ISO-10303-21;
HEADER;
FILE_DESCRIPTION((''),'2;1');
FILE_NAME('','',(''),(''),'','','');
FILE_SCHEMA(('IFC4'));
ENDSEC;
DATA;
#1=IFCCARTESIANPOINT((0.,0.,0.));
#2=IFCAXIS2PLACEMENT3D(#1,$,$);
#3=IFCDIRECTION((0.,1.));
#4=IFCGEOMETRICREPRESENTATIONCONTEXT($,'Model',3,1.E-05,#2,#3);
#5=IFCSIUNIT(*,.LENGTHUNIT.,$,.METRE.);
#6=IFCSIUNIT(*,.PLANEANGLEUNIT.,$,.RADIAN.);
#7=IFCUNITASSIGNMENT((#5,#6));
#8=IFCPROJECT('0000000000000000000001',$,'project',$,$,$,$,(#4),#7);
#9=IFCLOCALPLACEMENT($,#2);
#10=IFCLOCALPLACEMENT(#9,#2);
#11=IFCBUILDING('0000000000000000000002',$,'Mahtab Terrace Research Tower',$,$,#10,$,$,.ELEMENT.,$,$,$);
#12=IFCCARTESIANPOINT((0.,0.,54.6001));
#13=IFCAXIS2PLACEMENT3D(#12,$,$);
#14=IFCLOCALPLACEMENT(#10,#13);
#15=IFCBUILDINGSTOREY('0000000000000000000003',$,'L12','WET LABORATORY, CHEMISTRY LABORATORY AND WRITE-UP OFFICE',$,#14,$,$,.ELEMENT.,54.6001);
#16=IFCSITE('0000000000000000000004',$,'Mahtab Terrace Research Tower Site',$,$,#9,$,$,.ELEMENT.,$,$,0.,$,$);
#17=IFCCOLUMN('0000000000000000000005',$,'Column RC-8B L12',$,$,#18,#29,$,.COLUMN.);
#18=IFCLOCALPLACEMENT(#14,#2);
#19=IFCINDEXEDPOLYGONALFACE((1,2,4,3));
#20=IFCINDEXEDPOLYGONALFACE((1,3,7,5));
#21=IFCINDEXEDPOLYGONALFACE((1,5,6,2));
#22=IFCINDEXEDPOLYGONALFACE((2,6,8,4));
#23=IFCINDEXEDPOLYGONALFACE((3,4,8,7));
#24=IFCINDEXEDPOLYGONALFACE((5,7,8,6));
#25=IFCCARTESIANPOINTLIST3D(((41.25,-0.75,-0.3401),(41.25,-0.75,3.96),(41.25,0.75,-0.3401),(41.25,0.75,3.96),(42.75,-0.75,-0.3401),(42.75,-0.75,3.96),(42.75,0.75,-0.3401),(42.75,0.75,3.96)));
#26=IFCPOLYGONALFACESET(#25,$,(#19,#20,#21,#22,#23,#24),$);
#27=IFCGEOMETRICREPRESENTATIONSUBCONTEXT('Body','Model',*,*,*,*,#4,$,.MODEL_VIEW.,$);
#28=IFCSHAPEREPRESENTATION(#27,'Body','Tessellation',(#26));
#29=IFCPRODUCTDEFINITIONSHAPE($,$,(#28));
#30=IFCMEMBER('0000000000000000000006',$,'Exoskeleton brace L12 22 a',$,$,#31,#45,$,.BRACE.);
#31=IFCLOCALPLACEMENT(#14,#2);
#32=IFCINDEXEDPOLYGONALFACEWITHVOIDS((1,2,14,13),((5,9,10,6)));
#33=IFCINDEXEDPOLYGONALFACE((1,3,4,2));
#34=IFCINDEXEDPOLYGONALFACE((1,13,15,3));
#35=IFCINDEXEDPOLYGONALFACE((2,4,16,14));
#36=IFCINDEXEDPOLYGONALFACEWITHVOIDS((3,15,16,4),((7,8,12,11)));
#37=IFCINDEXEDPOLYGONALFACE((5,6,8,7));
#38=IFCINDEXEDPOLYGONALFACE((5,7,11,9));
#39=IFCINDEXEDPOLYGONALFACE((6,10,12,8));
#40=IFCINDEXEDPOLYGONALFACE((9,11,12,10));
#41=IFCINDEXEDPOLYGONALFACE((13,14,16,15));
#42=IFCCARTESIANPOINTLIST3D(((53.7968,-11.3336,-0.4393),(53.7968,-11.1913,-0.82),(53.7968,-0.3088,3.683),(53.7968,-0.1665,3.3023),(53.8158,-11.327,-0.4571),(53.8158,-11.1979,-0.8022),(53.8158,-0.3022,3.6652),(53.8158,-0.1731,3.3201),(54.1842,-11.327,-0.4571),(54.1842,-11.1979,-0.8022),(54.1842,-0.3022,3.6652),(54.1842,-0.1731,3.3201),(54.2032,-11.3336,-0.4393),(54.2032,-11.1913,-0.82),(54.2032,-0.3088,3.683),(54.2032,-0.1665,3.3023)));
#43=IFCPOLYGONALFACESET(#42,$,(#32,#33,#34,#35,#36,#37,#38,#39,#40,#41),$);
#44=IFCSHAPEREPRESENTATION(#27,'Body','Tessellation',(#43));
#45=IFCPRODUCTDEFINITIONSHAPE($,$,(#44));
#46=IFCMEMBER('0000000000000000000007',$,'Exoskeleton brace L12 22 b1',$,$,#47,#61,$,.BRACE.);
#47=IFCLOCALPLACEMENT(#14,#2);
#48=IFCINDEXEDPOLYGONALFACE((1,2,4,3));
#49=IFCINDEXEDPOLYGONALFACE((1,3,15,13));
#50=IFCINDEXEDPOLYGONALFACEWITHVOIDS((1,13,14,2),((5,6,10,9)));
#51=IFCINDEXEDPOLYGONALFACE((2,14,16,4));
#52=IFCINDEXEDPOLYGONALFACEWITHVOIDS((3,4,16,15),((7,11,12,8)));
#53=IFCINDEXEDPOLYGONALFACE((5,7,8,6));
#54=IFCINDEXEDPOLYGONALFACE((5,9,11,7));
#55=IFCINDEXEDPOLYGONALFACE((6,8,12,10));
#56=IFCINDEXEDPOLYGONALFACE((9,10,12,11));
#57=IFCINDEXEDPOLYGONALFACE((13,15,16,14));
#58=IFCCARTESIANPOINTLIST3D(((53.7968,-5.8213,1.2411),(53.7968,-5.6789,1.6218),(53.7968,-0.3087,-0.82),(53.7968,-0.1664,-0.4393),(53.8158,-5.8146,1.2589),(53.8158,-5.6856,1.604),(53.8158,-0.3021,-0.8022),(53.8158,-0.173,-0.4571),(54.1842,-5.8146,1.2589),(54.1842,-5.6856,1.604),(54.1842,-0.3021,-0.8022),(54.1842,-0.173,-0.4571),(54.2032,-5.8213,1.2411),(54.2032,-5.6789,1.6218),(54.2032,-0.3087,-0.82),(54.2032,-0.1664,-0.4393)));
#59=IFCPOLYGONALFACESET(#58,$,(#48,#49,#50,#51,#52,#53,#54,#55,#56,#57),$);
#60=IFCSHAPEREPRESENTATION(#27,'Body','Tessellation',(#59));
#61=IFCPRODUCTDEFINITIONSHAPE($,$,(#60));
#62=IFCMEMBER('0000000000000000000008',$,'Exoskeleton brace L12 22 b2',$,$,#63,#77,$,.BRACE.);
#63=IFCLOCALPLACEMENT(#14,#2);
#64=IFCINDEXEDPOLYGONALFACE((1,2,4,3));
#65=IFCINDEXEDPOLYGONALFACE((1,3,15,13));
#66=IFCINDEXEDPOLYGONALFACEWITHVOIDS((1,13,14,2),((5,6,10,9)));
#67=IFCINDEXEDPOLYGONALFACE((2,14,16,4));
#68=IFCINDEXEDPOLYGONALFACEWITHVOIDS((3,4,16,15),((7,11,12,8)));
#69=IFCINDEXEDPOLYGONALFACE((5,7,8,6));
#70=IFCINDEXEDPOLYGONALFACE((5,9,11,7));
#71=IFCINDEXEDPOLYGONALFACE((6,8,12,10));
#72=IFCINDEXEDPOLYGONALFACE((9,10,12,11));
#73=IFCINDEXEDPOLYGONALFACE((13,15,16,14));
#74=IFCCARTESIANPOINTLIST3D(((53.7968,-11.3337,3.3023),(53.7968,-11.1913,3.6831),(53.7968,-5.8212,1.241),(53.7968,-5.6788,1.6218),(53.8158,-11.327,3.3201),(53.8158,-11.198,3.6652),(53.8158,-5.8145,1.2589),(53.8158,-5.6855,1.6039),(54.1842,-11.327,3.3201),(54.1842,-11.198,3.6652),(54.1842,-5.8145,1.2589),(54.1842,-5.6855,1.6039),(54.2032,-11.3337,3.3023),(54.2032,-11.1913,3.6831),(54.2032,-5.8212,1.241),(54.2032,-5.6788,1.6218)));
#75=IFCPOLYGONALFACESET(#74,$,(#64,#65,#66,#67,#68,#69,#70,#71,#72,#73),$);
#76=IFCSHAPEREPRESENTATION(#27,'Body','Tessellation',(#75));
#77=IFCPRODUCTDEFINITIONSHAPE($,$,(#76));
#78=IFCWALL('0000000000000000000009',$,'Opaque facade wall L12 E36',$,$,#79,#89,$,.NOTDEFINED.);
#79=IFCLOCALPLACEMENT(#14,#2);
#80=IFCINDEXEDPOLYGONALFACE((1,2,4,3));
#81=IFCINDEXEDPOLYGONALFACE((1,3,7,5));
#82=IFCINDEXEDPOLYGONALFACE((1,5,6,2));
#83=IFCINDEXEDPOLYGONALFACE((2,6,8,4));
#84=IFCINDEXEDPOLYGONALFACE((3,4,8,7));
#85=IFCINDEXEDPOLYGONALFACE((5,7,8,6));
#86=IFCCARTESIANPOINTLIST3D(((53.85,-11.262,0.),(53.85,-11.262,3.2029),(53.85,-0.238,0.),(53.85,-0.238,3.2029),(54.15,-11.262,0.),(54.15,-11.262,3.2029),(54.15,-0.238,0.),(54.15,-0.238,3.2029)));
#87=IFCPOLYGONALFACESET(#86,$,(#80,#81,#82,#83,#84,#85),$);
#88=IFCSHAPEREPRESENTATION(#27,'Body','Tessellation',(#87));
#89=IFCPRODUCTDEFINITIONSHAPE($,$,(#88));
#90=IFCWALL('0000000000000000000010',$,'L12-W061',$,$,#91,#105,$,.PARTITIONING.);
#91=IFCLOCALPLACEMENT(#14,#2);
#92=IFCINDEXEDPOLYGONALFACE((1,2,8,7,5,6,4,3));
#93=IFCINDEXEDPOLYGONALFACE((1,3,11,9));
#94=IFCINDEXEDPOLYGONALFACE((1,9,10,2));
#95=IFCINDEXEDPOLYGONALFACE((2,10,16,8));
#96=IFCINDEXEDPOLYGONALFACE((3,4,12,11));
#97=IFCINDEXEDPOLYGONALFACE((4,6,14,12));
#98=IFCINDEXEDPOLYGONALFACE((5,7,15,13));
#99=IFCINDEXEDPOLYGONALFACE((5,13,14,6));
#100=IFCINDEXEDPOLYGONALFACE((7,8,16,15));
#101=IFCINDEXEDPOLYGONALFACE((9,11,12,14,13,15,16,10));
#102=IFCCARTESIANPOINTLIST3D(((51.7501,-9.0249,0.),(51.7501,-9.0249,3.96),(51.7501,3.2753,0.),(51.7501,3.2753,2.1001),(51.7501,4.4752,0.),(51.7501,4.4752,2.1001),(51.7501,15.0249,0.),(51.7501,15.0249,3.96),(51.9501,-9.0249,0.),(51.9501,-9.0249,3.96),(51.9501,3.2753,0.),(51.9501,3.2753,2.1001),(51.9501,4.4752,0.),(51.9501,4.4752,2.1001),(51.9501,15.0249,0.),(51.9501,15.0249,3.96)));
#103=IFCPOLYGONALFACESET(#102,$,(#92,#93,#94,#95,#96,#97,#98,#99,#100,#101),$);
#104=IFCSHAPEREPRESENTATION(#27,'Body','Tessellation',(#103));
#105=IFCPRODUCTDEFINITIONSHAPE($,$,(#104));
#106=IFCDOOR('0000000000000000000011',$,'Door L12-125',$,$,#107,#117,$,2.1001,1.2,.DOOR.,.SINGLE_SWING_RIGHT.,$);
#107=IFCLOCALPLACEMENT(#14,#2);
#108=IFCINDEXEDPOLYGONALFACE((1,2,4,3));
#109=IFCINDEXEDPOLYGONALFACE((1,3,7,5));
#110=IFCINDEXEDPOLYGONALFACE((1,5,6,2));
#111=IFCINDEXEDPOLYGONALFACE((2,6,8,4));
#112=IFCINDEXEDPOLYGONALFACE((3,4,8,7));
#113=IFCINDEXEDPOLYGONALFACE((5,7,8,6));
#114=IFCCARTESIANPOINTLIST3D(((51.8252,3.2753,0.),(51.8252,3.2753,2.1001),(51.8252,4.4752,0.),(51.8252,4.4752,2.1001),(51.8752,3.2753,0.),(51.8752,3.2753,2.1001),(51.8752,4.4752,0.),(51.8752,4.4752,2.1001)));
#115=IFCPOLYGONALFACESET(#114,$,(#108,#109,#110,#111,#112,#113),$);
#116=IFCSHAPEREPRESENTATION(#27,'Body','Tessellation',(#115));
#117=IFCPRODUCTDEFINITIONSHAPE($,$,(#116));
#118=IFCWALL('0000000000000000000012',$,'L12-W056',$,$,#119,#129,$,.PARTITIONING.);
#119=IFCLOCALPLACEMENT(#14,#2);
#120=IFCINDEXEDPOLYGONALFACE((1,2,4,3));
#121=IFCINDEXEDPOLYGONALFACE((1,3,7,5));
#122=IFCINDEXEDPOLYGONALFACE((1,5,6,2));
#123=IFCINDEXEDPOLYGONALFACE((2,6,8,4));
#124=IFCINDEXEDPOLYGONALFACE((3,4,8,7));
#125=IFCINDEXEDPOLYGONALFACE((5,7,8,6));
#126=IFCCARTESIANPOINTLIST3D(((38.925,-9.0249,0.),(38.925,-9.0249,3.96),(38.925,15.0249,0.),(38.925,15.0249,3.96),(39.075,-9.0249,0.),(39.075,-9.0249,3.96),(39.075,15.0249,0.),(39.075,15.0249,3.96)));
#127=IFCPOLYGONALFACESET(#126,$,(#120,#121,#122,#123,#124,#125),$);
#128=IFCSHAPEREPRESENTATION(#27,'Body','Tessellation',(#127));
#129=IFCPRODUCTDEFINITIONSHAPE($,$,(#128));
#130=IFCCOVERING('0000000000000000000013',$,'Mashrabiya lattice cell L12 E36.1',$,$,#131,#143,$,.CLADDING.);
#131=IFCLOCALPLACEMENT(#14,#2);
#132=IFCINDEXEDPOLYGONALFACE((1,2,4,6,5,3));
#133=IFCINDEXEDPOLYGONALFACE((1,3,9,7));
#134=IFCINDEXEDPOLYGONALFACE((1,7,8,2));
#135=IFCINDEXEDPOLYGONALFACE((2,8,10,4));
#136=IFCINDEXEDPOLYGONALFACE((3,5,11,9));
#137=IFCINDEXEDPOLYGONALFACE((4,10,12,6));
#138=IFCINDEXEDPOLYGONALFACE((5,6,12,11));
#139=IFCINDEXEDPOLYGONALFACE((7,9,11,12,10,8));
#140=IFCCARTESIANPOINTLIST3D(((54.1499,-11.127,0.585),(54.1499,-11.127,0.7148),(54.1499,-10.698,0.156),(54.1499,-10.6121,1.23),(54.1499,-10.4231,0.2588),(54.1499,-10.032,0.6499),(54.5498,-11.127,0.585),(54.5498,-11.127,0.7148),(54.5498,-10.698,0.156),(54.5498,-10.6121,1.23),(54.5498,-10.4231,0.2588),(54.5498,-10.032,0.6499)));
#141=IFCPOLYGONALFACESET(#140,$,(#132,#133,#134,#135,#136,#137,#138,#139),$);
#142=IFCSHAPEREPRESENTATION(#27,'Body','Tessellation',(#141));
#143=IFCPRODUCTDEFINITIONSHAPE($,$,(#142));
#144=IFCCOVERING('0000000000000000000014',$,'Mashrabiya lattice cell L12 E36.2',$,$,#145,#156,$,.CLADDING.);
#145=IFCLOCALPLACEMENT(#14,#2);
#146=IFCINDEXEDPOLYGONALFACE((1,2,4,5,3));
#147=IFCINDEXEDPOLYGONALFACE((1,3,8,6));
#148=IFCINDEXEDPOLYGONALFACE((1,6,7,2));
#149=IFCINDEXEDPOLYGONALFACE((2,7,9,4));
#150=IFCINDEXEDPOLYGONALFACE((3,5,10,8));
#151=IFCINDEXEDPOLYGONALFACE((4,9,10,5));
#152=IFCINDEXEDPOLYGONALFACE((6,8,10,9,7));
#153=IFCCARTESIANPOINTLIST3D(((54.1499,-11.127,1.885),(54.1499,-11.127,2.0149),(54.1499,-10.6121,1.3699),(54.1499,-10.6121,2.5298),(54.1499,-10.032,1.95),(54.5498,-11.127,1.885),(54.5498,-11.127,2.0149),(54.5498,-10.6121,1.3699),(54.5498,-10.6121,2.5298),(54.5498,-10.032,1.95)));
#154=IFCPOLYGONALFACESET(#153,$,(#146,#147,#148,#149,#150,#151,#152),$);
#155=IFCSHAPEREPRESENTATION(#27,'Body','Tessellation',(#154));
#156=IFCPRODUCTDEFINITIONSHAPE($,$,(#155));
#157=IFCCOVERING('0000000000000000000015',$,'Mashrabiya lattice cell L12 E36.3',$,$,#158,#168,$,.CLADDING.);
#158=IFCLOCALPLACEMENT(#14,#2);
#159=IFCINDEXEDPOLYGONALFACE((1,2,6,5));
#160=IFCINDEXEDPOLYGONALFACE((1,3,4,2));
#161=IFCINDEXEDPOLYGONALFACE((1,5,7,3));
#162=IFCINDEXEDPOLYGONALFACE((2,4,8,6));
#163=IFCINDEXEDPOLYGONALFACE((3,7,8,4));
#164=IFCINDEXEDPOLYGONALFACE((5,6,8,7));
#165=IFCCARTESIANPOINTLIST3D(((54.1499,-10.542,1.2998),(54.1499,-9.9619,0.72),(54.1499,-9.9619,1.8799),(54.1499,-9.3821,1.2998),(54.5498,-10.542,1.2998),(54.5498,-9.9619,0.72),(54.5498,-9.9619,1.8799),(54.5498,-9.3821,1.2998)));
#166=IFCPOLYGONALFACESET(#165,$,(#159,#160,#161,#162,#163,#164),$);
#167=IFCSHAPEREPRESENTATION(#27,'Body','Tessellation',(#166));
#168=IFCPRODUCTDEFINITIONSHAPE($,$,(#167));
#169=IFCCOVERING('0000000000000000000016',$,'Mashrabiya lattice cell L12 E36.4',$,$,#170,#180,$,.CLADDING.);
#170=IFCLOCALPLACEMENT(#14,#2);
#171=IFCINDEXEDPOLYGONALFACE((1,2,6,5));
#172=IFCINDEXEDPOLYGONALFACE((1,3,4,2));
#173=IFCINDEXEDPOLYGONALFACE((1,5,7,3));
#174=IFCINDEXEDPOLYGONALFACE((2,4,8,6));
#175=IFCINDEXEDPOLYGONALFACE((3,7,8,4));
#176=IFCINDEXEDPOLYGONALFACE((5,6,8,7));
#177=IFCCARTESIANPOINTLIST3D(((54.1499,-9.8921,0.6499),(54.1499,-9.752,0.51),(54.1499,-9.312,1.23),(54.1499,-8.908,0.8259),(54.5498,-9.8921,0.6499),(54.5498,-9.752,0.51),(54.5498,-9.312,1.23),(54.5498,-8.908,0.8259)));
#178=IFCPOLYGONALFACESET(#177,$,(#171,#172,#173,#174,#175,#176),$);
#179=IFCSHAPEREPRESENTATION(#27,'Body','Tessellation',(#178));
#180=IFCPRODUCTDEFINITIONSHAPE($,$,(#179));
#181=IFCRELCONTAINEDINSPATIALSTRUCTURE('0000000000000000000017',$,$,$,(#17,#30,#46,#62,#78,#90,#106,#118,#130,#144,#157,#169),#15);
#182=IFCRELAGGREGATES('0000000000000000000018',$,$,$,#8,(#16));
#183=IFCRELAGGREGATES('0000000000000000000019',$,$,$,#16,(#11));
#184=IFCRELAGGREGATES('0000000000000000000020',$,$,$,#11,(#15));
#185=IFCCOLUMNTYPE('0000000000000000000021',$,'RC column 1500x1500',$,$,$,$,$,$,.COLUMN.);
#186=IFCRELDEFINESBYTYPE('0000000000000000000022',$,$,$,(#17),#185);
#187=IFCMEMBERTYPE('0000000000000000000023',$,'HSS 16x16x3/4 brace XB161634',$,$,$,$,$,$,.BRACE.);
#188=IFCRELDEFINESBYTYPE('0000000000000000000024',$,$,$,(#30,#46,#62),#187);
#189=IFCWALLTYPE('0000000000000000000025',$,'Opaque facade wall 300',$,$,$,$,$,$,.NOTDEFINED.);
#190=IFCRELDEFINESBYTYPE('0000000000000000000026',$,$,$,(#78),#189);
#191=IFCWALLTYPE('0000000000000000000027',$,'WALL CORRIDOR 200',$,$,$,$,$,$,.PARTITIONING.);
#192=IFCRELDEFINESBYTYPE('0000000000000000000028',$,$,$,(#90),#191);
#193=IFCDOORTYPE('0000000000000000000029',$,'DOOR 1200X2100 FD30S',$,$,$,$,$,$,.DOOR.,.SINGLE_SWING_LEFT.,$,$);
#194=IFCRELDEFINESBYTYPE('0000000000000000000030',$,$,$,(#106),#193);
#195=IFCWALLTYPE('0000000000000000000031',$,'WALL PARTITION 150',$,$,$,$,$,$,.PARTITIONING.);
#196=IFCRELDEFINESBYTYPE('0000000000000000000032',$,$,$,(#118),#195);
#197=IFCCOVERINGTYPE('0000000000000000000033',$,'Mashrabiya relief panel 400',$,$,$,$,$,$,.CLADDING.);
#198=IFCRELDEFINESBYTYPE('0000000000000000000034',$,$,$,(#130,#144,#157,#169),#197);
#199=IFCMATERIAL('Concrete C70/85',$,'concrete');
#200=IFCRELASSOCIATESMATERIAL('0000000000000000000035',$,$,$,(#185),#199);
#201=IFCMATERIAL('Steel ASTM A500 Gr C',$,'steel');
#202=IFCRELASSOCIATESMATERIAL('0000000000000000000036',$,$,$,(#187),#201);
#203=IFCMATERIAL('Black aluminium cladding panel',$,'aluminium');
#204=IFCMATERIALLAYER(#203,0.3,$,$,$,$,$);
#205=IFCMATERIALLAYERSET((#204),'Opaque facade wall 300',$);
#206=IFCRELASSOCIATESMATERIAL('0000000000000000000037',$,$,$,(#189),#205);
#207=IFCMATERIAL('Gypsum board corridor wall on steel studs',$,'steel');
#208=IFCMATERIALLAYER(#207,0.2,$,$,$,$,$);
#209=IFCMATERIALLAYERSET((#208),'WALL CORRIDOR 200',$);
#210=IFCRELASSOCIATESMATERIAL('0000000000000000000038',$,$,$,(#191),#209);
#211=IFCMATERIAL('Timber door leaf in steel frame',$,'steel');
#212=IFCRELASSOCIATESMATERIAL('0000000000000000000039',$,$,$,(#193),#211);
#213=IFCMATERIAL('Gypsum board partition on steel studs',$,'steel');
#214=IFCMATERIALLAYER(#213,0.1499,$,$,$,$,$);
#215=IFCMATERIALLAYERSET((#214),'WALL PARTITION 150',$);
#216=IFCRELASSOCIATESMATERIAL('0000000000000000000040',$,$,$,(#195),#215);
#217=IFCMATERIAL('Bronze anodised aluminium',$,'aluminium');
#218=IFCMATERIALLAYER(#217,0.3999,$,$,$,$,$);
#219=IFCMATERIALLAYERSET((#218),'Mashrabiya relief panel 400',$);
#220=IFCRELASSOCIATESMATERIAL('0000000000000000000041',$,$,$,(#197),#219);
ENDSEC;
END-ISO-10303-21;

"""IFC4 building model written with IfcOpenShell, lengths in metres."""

from ifc_helpers import new_model, si_unit, direction, frame, frame_2d, origin, origin_2d, place, context, subcontext, project, spatial, polyline, rectangle, hollow_rectangle, outline, extrude, material, layer, layer_set, material_profile, profile_set, type_object, element, fill, save


model = new_model("IFC4")

# Units and contexts
model_context = context("Model", 3, precision=1e-05, world=origin(), true_north=direction((0.0, 1.0)))
body_context = subcontext(model_context, "Body", "Model", "MODEL_VIEW")
ifc_project = project(units=[si_unit("LENGTHUNIT", "METRE"), si_unit("PLANEANGLEUNIT", "RADIAN")], contexts=[model_context])

# Site, building, storey
site_placement = place(None, origin())
site = spatial("IfcSite", under=ifc_project, at=site_placement, Name="Mahtab Terrace Research Tower Site", CompositionType="ELEMENT", RefElevation=0.0)
building_placement = place(site_placement, origin())
building = spatial("IfcBuilding", under=site, at=building_placement, Name="Mahtab Terrace Research Tower", CompositionType="ELEMENT")
storey_placement = place(building_placement, frame((0.0, 0.0, 54.6001)))
storey = spatial("IfcBuildingStorey", under=building, at=storey_placement, Name="L12", Description="WET LABORATORY, CHEMISTRY LABORATORY AND WRITE-UP OFFICE", CompositionType="ELEMENT", Elevation=54.6001)

# Column
ifc_material_1 = material(Name="Concrete C70/85", Category="concrete")
ifc_material_profile_1 = material_profile(ifc_material_1, rectangle(XDim=1.5, YDim=1.5, at=origin_2d()), Name="RC column 1500x1500")
ifc_profile_set_1 = profile_set([ifc_material_profile_1], Name="Concrete C70/85")
column_type = type_object("IfcColumnType", Name="RC column 1500x1500", PredefinedType="COLUMN", material=ifc_profile_set_1)
column_placement = place(storey_placement, frame((42.0, 0.0, -0.3401), z_axis=(0.0, 0.0, 1.0), x_axis=(1.0, 0.0, 0.0)))
element("IfcColumn", 1, at=column_placement, inside=storey, type_object=column_type, Name="Column RC-8B L12", PredefinedType="COLUMN", context=body_context, shape_type="SweptSolid", body=[
    extrude(rectangle(XDim=1.5, YDim=1.5, at=origin_2d()), origin(), (0.0, 0.0, 1.0), 4.3),
])

# Members
ifc_material_2 = material(Name="Steel ASTM A500 Gr C", Category="steel")
ifc_material_profile_2 = material_profile(ifc_material_2, hollow_rectangle(XDim=0.4065, YDim=0.4065, WallThickness=0.019, at=origin_2d()), Name="HSS16X16X3/4")
ifc_profile_set_2 = profile_set([ifc_material_profile_2], Name="Steel ASTM A500 Gr C")
member_type = type_object("IfcMemberType", Name="HSS 16x16x3/4 brace XB161634", PredefinedType="BRACE", material=ifc_profile_set_2)
member_placement = place(storey_placement, frame((54.0, -11.2625, -0.6296), z_axis=(0.0, 0.936665, 0.350228), x_axis=(-1.0, 0.0, 0.0)))
element("IfcMember", 2, at=member_placement, inside=storey, type_object=member_type, Name="Exoskeleton brace L12 22 a", PredefinedType="BRACE", context=body_context, shape_type="SweptSolid", body=[
    extrude(hollow_rectangle(XDim=0.4065, YDim=0.4065, WallThickness=0.019, at=origin_2d()), origin(), (0.0, 0.0, 1.0), 11.7703),
])
for number, where, z_axis, x_axis, name in (
    (3, (54.0, -0.2375, -0.6296), (0.0, -0.936671, 0.350209), (1.0, 0.0, 0.0), "Exoskeleton brace L12 22 b1"),
    (4, (54.0, -5.75, 1.4314), (0.0, -0.936658, 0.350246), (1.0, 0.0, 0.0), "Exoskeleton brace L12 22 b2"),
):
    element("IfcMember", number, at=place(storey_placement, frame(where, z_axis=z_axis, x_axis=x_axis)), inside=storey, type_object=member_type, Name=name, PredefinedType="BRACE", context=body_context, shape_type="SweptSolid", body=[
        extrude(hollow_rectangle(XDim=0.4065, YDim=0.4065, WallThickness=0.019, at=origin_2d()), origin(), (0.0, 0.0, 1.0), 5.8853),
    ])

# Wall
ifc_material_3 = material(Name="Black aluminium cladding panel", Category="aluminium")
ifc_layer_1 = layer(ifc_material_3, 0.3)
ifc_layer_set_1 = layer_set([ifc_layer_1], Name="Opaque facade wall 300")
wall_type_1 = type_object("IfcWallType", Name="Opaque facade wall 300", PredefinedType="NOTDEFINED", material=ifc_layer_set_1)
wall_1_placement = place(storey_placement, frame((54.0, -11.262, 0.0), z_axis=(0.0, 0.0, 1.0), x_axis=(0.0, 1.0, 0.0)))
element("IfcWall", 5, at=wall_1_placement, inside=storey, type_object=wall_type_1, Name="Opaque facade wall L12 E36", PredefinedType="NOTDEFINED", context=body_context, shape_type="SweptSolid", body=[
    extrude(rectangle(XDim=11.0239, YDim=0.3, at=frame_2d((5.512, 0.0))), origin(), (0.0, 0.0, 1.0), 3.2029),
])

# Wall, opening, door
ifc_material_4 = material(Name="Gypsum board corridor wall on steel studs", Category="steel")
ifc_layer_2 = layer(ifc_material_4, 0.2)
ifc_layer_set_2 = layer_set([ifc_layer_2], Name="WALL CORRIDOR 200")
wall_type_2 = type_object("IfcWallType", Name="WALL CORRIDOR 200", PredefinedType="PARTITIONING", material=ifc_layer_set_2)
wall_2_placement = place(storey_placement, frame((51.8501, -9.0249, 0.0), z_axis=(0.0, 0.0, 1.0), x_axis=(0.0, 1.0, 0.0)))
wall_2 = element("IfcWall", 6, at=wall_2_placement, inside=storey, type_object=wall_type_2, Name="L12-W061", PredefinedType="PARTITIONING", context=body_context, shape_type="SweptSolid", body=[
    extrude(rectangle(XDim=24.0498, YDim=0.2, at=frame_2d((12.0249, 0.0))), origin(), (0.0, 0.0, 1.0), 3.96),
])
opening_placement = place(wall_2_placement, frame((12.3, 0.0, 0.0)))
opening = element("IfcOpeningElement", 7, at=opening_placement, cuts=wall_2, PredefinedType="OPENING", context=body_context, shape_type="SweptSolid", body=[
    extrude(rectangle(XDim=1.2, YDim=2.1001, at=frame_2d((0.6001, 1.05))), frame((0.0, 0.1099, 0.0), z_axis=(0.0, -1.0, 0.0), x_axis=(1.0, 0.0, 0.0)), (0.0, 0.0, 1.0), 0.22),
])
ifc_material_5 = material(Name="Timber door leaf in steel frame", Category="steel")
door_type = type_object("IfcDoorType", Name="DOOR 1200X2100 FD30S", OperationType="SINGLE_SWING_LEFT", PredefinedType="DOOR", material=ifc_material_5)
door_placement = place(opening_placement, origin())
door = element("IfcDoor", 8, at=door_placement, inside=storey, type_object=door_type, Name="Door L12-125", OperationType="SINGLE_SWING_RIGHT", OverallHeight=2.1001, OverallWidth=1.2, PredefinedType="DOOR", context=body_context, shape_type="SweptSolid", body=[
    extrude(rectangle(XDim=1.2, YDim=2.1001, at=frame_2d((0.6001, 1.05))), frame((0.0, 0.0249, 0.0), z_axis=(0.0, -1.0, 0.0), x_axis=(1.0, 0.0, 0.0)), (0.0, 0.0, 1.0), 0.05),
])
fill(opening, door)

# Wall
ifc_material_6 = material(Name="Gypsum board partition on steel studs", Category="steel")
ifc_layer_3 = layer(ifc_material_6, 0.1499)
ifc_layer_set_3 = layer_set([ifc_layer_3], Name="WALL PARTITION 150")
wall_type_3 = type_object("IfcWallType", Name="WALL PARTITION 150", PredefinedType="PARTITIONING", material=ifc_layer_set_3)
wall_3_placement = place(storey_placement, frame((39.0, -9.0249, 0.0), z_axis=(0.0, 0.0, 1.0), x_axis=(0.0, 1.0, 0.0)))
element("IfcWall", 9, at=wall_3_placement, inside=storey, type_object=wall_type_3, Name="L12-W056", PredefinedType="PARTITIONING", context=body_context, shape_type="SweptSolid", body=[
    extrude(rectangle(XDim=24.0498, YDim=0.1499, at=frame_2d((12.0249, 0.0))), origin(), (0.0, 0.0, 1.0), 3.96),
])

# Coverings
ifc_material_7 = material(Name="Bronze anodised aluminium", Category="aluminium")
ifc_layer_4 = layer(ifc_material_7, 0.3999)
ifc_layer_set_4 = layer_set([ifc_layer_4], Name="Mashrabiya relief panel 400")
covering_type = type_object("IfcCoveringType", Name="Mashrabiya relief panel 400", PredefinedType="CLADDING", material=ifc_layer_set_4)
covering_1_placement = place(storey_placement, frame((54.1499, -11.127, 0.585), z_axis=(-1.0, 0.0, 0.0), x_axis=(0.0, 0.0, 1.0)))
element("IfcCovering", 10, at=covering_1_placement, inside=storey, type_object=covering_type, Name="Mashrabiya lattice cell L12 E36.1", PredefinedType="CLADDING", context=body_context, shape_type="SweptSolid", body=[
    extrude(outline(polyline([(0.0, 0.0), (0.1299, 0.0), (0.645, 0.5149), (0.0649, 1.095), (-0.3262, 0.7039), (-0.429, 0.429), (0.0, 0.0)])), origin(), (0.0, 0.0, -1.0), 0.3999),
])
covering_2_placement = place(storey_placement, frame((54.1499, -10.6121, 2.5298), z_axis=(-1.0, 0.0, 0.0), x_axis=(0.0, 0.707256, -0.706958)))
element("IfcCovering", 11, at=covering_2_placement, inside=storey, type_object=covering_type, Name="Mashrabiya lattice cell L12 E36.2", PredefinedType="CLADDING", context=body_context, shape_type="SweptSolid", body=[
    extrude(outline(polyline([(0.0, 0.0), (0.8202, 0.0), (0.82, 0.8204), (0.0917, 0.82), (-0.0002, 0.7282), (0.0, 0.0)])), origin(), (0.0, 0.0, -1.0), 0.3999),
])
covering_3_placement = place(storey_placement, frame((54.1499, -9.9619, 1.8799), z_axis=(-1.0, 0.0, 0.0), x_axis=(0.0, 0.706958, -0.707256)))
element("IfcCovering", 12, at=covering_3_placement, inside=storey, type_object=covering_type, Name="Mashrabiya lattice cell L12 E36.3", PredefinedType="CLADDING", context=body_context, shape_type="SweptSolid", body=[
    extrude(outline(polyline([(0.0, 0.0), (0.8202, 0.0), (0.8204, 0.82), (0.0002, 0.8204), (0.0, 0.0)])), origin(), (0.0, 0.0, -1.0), 0.3999),
])
covering_4_placement = place(storey_placement, frame((54.1499, -9.8921, 0.6499), z_axis=(-1.0, 0.0, 0.0), x_axis=(0.0, 0.707107, 0.707107)))
element("IfcCovering", 13, at=covering_4_placement, inside=storey, type_object=covering_type, Name="Mashrabiya lattice cell L12 E36.4", PredefinedType="CLADDING", context=body_context, shape_type="SweptSolid", body=[
    extrude(outline(polyline([(0.0, 0.0), (0.8204, 0.0), (0.8204, 0.5714), (0.0002, 0.198), (0.0, 0.0)])), origin(), (0.0, 0.0, -1.0), 0.3999),
])

save(model, "model.ifc")
